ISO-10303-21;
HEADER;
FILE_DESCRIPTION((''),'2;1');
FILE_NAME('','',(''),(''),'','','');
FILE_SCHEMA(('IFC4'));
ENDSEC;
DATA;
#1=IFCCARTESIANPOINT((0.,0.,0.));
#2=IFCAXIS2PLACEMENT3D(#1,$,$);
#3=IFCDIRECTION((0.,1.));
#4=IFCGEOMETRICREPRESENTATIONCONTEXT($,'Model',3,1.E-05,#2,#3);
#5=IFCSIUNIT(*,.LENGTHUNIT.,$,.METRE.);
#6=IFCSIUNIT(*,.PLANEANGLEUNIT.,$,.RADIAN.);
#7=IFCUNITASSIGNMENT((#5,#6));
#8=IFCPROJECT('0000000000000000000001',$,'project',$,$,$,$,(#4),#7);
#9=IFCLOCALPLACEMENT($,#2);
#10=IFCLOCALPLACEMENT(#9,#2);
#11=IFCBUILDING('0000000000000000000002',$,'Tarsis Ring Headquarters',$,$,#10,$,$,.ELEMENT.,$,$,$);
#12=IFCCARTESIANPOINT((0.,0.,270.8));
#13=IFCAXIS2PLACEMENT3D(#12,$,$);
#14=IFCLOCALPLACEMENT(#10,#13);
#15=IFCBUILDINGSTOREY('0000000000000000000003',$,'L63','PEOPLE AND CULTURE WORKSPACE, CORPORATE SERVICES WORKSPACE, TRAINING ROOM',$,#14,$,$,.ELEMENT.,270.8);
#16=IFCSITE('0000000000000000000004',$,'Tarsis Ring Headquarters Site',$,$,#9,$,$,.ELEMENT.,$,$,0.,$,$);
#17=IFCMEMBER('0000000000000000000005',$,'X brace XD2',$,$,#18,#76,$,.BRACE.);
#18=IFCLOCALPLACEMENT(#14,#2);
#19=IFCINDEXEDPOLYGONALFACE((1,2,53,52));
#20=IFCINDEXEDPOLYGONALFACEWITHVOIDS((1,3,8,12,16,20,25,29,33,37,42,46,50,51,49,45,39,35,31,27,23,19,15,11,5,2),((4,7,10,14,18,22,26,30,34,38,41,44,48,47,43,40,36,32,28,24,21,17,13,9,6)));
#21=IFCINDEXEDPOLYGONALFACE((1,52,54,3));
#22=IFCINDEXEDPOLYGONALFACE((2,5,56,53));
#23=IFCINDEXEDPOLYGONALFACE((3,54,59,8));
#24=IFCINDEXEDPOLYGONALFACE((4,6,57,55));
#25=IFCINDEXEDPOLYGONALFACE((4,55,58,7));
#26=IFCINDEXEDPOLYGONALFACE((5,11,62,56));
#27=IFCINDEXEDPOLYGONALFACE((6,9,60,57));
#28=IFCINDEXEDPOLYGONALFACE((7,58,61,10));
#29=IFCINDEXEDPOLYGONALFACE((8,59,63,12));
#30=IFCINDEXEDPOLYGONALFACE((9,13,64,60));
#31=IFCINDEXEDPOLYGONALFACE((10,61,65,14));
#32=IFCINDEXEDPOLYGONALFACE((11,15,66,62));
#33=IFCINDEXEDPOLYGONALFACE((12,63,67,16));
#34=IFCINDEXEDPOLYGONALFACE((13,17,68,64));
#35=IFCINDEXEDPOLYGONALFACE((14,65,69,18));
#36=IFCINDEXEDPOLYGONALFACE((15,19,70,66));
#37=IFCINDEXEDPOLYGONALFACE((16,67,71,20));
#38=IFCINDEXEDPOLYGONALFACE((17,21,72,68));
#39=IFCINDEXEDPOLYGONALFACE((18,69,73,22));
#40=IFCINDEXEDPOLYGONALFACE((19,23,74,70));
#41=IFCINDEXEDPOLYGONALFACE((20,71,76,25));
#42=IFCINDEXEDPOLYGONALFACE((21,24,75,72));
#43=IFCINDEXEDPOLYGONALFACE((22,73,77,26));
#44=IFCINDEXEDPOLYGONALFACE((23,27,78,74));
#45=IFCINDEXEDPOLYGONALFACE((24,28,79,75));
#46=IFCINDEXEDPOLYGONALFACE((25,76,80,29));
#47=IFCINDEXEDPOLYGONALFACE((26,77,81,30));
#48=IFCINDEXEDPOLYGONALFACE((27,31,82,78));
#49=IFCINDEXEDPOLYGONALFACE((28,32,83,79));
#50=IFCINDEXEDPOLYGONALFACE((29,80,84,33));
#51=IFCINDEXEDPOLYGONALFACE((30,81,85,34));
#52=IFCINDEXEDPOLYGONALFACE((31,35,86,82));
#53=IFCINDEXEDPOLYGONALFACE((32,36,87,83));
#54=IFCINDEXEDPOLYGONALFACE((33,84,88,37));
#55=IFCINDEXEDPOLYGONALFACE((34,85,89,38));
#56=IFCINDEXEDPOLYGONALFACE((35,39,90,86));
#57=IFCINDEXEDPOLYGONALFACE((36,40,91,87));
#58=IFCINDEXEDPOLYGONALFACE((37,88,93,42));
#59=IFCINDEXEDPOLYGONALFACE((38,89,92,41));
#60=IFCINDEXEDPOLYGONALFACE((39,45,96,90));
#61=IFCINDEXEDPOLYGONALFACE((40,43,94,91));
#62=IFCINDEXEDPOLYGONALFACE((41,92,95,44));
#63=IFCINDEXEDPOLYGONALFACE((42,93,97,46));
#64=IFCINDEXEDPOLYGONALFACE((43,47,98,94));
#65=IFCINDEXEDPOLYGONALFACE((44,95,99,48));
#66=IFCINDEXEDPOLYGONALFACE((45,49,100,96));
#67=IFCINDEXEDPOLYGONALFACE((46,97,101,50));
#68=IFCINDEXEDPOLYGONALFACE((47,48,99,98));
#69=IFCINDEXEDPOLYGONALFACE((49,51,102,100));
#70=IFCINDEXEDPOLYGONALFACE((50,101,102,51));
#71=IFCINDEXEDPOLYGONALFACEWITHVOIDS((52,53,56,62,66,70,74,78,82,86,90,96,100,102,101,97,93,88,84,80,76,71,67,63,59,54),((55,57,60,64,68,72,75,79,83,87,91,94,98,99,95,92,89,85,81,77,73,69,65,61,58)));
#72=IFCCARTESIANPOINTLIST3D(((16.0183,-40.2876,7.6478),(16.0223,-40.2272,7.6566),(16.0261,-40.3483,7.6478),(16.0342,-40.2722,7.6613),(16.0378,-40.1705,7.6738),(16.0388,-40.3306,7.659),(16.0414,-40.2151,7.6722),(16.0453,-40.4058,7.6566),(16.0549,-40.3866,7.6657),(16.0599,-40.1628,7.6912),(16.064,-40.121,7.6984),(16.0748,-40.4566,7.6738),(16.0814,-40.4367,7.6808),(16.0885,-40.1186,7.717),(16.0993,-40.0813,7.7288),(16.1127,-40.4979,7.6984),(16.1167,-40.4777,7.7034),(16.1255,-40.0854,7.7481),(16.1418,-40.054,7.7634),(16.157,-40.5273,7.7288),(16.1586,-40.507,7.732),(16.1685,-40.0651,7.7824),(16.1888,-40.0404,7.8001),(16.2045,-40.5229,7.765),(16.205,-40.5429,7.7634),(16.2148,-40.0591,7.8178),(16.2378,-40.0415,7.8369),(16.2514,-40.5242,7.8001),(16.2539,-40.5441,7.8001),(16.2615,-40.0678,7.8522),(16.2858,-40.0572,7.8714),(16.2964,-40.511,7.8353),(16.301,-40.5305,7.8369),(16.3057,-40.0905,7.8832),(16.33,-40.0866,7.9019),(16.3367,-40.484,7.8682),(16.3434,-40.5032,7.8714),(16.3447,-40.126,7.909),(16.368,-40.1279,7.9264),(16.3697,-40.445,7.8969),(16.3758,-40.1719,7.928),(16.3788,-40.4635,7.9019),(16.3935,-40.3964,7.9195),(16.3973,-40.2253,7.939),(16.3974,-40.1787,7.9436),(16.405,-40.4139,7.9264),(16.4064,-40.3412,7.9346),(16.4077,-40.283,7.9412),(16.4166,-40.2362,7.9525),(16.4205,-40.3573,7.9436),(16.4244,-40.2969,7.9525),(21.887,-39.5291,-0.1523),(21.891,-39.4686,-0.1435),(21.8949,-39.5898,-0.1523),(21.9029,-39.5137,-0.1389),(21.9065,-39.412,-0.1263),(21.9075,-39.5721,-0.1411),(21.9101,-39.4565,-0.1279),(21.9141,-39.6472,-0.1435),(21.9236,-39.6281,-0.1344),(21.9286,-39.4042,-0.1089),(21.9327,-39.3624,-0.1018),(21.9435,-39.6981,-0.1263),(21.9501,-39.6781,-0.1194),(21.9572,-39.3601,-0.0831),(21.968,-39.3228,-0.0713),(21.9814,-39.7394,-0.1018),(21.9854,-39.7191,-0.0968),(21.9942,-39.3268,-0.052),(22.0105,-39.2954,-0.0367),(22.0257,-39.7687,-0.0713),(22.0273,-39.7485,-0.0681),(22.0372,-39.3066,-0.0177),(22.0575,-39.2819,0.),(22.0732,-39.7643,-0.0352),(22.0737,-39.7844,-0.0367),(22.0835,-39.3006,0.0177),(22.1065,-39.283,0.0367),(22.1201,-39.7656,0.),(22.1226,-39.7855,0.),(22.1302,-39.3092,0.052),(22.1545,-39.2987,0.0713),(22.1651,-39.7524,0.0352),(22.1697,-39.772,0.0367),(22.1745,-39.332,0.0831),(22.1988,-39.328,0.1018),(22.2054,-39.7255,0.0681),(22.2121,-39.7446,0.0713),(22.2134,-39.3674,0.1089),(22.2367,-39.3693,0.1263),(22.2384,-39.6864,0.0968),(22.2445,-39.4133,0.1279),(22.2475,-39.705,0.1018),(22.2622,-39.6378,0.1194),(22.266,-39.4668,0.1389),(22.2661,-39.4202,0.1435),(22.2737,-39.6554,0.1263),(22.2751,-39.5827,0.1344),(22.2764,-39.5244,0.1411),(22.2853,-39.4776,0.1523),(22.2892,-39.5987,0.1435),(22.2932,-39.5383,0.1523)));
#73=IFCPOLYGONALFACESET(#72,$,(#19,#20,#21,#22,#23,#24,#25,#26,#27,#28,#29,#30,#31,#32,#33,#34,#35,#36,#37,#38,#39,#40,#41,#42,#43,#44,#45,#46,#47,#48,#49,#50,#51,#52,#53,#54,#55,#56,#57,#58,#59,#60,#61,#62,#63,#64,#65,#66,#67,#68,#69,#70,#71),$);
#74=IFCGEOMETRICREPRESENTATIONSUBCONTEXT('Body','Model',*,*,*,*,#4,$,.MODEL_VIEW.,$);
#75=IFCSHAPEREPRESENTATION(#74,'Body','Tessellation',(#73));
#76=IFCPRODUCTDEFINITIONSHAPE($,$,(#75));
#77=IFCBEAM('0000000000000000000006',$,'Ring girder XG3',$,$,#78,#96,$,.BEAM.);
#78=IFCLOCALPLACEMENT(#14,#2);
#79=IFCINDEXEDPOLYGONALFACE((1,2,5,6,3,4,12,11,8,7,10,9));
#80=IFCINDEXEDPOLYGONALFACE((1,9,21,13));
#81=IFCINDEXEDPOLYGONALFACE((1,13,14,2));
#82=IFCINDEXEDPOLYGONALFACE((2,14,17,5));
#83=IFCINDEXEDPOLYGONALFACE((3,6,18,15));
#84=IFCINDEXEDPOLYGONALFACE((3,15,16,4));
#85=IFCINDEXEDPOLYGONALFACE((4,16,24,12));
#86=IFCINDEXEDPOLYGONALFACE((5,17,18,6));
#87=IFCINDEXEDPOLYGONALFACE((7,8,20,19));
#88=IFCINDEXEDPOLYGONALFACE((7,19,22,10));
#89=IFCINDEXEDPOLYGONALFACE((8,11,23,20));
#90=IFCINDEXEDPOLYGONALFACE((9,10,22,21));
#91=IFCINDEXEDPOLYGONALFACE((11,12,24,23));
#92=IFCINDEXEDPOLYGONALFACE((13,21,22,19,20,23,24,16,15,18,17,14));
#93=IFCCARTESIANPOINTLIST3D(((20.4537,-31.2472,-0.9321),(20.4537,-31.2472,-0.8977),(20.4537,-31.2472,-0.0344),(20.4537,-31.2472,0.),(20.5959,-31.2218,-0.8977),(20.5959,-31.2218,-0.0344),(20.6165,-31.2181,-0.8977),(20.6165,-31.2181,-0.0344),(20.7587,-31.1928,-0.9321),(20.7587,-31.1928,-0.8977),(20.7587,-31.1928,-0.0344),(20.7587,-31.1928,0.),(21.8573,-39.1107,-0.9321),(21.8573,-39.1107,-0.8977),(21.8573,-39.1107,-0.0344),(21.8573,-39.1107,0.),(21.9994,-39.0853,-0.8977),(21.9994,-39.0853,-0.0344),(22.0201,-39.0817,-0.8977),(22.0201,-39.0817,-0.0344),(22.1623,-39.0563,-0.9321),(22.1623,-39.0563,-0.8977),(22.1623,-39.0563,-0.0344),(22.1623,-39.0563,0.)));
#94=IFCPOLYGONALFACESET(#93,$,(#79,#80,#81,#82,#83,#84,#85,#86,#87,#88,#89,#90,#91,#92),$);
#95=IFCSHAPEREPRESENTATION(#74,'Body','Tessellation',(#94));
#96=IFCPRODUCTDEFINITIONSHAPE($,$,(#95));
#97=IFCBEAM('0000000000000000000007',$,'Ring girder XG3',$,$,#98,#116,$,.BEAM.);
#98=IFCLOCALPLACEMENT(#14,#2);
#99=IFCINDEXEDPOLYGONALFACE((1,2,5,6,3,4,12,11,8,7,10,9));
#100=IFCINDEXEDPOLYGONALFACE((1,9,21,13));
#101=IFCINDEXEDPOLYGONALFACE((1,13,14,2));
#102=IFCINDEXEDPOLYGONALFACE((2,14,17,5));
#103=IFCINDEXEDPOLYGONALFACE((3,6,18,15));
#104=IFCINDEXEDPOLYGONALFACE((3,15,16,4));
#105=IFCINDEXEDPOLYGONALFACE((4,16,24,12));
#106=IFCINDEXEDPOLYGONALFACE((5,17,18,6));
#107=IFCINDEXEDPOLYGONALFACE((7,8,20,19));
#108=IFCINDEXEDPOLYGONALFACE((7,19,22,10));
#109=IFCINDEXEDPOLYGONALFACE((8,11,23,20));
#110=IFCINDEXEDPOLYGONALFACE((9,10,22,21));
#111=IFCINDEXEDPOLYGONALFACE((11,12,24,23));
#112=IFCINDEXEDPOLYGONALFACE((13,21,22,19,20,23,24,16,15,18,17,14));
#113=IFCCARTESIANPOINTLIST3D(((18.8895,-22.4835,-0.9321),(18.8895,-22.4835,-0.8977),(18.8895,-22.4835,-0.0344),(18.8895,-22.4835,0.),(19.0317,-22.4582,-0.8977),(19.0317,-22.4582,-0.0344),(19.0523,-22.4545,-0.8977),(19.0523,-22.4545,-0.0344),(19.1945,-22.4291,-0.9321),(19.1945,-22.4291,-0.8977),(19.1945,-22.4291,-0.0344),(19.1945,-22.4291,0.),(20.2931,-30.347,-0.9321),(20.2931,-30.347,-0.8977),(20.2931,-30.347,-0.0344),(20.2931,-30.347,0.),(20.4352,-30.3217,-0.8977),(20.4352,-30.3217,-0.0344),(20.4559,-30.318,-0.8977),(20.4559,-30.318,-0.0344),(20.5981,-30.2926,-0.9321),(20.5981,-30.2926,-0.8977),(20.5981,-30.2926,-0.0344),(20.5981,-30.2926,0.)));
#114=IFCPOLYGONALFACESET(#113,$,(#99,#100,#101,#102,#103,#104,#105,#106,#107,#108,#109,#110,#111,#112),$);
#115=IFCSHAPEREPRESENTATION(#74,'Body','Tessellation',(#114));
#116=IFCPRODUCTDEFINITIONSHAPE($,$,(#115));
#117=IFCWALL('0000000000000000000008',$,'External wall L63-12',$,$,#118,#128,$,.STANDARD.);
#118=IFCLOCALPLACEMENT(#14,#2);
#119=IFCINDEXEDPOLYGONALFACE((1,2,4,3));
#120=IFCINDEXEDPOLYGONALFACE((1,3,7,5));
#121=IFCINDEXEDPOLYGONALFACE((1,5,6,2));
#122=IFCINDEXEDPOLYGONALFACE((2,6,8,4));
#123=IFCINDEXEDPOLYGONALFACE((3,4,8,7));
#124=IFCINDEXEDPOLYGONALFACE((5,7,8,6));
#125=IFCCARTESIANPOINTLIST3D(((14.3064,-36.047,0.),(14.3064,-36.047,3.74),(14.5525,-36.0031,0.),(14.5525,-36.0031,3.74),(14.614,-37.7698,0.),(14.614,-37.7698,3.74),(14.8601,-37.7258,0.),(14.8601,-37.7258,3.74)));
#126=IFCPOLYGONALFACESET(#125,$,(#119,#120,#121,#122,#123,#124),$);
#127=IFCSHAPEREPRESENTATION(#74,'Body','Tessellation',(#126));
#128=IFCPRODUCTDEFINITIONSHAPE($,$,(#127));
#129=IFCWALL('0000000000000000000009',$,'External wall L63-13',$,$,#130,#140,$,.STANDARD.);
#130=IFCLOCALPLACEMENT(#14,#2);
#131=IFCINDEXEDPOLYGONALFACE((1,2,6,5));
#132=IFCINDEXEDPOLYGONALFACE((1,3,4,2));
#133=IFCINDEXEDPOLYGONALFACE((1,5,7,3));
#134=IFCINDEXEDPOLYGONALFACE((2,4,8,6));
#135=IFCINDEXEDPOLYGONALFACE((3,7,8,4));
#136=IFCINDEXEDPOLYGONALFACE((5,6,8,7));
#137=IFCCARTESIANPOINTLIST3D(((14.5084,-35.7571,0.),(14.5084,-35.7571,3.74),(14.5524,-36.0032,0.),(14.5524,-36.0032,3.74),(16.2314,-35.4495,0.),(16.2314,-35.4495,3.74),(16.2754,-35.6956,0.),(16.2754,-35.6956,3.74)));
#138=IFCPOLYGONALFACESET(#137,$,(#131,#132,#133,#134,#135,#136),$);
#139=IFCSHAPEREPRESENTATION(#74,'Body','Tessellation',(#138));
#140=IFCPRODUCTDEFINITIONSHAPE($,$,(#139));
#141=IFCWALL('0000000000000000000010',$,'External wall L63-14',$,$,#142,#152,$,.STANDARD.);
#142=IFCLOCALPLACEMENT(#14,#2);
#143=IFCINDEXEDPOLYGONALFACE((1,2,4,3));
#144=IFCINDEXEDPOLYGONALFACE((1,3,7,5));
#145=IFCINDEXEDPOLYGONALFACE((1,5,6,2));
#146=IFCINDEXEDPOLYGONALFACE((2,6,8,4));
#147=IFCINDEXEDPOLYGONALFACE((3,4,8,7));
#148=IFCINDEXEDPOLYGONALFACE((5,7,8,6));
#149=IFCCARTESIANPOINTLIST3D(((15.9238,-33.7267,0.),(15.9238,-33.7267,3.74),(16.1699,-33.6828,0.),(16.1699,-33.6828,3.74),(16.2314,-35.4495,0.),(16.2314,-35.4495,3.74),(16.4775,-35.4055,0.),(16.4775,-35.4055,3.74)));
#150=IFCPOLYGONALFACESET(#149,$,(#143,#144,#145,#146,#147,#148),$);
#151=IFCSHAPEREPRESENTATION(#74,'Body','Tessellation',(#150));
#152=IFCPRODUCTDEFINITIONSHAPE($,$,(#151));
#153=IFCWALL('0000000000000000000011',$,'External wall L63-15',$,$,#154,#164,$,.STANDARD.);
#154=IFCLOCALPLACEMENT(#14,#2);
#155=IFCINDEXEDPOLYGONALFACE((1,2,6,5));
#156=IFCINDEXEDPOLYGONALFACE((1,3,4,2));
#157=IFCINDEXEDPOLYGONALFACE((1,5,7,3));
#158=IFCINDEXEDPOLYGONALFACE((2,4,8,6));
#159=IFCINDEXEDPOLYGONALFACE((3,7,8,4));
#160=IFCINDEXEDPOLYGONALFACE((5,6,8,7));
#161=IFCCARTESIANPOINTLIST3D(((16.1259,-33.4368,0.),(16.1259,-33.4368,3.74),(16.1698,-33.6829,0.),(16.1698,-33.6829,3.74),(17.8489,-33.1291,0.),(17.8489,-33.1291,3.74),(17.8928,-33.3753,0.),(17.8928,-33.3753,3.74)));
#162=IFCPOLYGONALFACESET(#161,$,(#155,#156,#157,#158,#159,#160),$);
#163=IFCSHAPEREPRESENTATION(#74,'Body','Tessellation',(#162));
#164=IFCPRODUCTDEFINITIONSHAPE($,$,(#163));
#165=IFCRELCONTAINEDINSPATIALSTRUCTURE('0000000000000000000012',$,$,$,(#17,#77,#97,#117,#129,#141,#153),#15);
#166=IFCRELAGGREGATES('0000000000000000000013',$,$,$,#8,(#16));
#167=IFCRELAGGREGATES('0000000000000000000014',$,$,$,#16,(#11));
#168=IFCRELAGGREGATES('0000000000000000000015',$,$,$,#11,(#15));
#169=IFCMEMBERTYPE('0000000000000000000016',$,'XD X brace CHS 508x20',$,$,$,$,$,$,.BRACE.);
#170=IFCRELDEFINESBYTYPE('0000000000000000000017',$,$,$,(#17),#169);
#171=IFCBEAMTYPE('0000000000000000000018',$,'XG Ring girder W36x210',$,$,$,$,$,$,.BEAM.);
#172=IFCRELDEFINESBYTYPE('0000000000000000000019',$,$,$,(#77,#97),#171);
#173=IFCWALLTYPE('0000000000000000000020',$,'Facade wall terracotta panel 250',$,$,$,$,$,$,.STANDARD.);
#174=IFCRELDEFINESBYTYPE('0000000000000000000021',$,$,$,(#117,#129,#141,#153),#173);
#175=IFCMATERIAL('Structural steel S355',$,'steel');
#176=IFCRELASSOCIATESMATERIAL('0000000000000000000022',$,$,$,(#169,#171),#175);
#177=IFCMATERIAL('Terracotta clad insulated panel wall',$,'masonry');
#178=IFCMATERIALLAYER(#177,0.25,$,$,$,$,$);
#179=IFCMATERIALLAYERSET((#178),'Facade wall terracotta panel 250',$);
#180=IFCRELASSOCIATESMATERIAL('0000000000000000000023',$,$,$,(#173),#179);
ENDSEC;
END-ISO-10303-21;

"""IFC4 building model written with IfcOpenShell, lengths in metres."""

from ifc_helpers import new_model, si_unit, direction, frame, frame_2d, origin, origin_2d, place, context, subcontext, project, spatial, rectangle, hollow_circle, i_section, extrude, material, layer, layer_set, material_profile, profile_set, type_object, element, save


model = new_model("IFC4")

# Units and contexts
model_context = context("Model", 3, precision=1e-05, world=origin(), true_north=direction((0.0, 1.0)))
body_context = subcontext(model_context, "Body", "Model", "MODEL_VIEW")
ifc_project = project(units=[si_unit("LENGTHUNIT", "METRE"), si_unit("PLANEANGLEUNIT", "RADIAN")], contexts=[model_context])

# Site, building, storey
site_placement = place(None, origin())
site = spatial("IfcSite", under=ifc_project, at=site_placement, Name="Tarsis Ring Headquarters Site", CompositionType="ELEMENT", RefElevation=0.0)
building_placement = place(site_placement, origin())
building = spatial("IfcBuilding", under=site, at=building_placement, Name="Tarsis Ring Headquarters", CompositionType="ELEMENT")
storey_placement = place(building_placement, frame((0.0, 0.0, 270.8)))
storey = spatial("IfcBuildingStorey", under=building, at=storey_placement, Name="L63", Description="PEOPLE AND CULTURE WORKSPACE, CORPORATE SERVICES WORKSPACE, TRAINING ROOM", CompositionType="ELEMENT", Elevation=270.8)

# Shared definitions
ifc_material_1 = material(Name="Structural steel S355", Category="steel")

# Member
ifc_material_profile_1 = material_profile(ifc_material_1, hollow_circle(Radius=0.2539, WallThickness=0.02, at=origin_2d()), Name="CHS 508x20")
ifc_profile_set_1 = profile_set([ifc_material_profile_1], Name="Structural steel S355")
member_type = type_object("IfcMemberType", Name="XD X brace CHS 508x20", PredefinedType="BRACE", material=ifc_profile_set_1)
member_placement = place(storey_placement, frame((22.0901, -39.5337, 0.0), z_axis=(-0.599413, -0.077476, 0.796682), x_axis=(0.128187, -0.99175, 0.0)))
element("IfcMember", 1, at=member_placement, inside=storey, type_object=member_type, Name="X brace XD2", PredefinedType="BRACE", context=body_context, shape_type="SweptSolid", body=[
    extrude(hollow_circle(Radius=0.2539, WallThickness=0.02, at=origin_2d()), origin(), (0.0, 0.0, 1.0), 9.7908),
])

# Beams
ifc_material_profile_2 = material_profile(ifc_material_1, i_section(OverallWidth=0.3098, OverallDepth=0.9321, WebThickness=0.021, FlangeThickness=0.0344, at=origin_2d()), Name="W36x210")
ifc_profile_set_2 = profile_set([ifc_material_profile_2], Name="Structural steel S355")
beam_type = type_object("IfcBeamType", Name="XG Ring girder W36x210", PredefinedType="BEAM", material=ifc_profile_set_2)
for number, where, z_axis, x_axis, name in (
    (2, (22.0098, -39.0835, -0.4661), (-0.175713, 0.984441, 0.0), (-0.984441, -0.175713, 0.0), "Ring girder XG3"),
    (3, (20.4456, -30.3198, -0.4661), (-0.175713, 0.984441, 0.0), (-0.984441, -0.175713, 0.0), "Ring girder XG3"),
):
    element("IfcBeam", number, at=place(storey_placement, frame(where, z_axis=z_axis, x_axis=x_axis)), inside=storey, type_object=beam_type, Name=name, PredefinedType="BEAM", context=body_context, shape_type="SweptSolid", body=[
        extrude(i_section(OverallWidth=0.3098, OverallDepth=0.9321, WebThickness=0.021, FlangeThickness=0.0344, at=origin_2d()), origin(), (0.0, 0.0, 1.0), 7.9878),
    ])

# Walls
ifc_material_2 = material(Name="Terracotta clad insulated panel wall", Category="masonry")
ifc_layer = layer(ifc_material_2, 0.25)
ifc_layer_set = layer_set([ifc_layer], Name="Facade wall terracotta panel 250")
wall_type = type_object("IfcWallType", Name="Facade wall terracotta panel 250", PredefinedType="STANDARD", material=ifc_layer_set)
wall_1_placement = place(storey_placement, frame((14.7371, -37.7478, 0.0), z_axis=(0.0, 0.0, 1.0), x_axis=(-0.175791, 0.984428, 0.0)))
element("IfcWall", 4, at=wall_1_placement, inside=storey, type_object=wall_type, Name="External wall L63-12", PredefinedType="STANDARD", context=body_context, shape_type="SweptSolid", body=[
    extrude(rectangle(XDim=1.75, YDim=0.25, at=frame_2d((0.875, 0.0))), origin(), (0.0, 0.0, 1.0), 3.74),
])
wall_2_placement = place(storey_placement, frame((14.5305, -35.8801, 0.0), z_axis=(0.0, 0.0, 1.0), x_axis=(0.984432, 0.175766, 0.0)))
element("IfcWall", 5, at=wall_2_placement, inside=storey, type_object=wall_type, Name="External wall L63-13", PredefinedType="STANDARD", context=body_context, shape_type="SweptSolid", body=[
    extrude(rectangle(XDim=1.7502, YDim=0.25, at=frame_2d((0.875, 0.0))), origin(), (0.0, 0.0, 1.0), 3.74),
])
wall_3_placement = place(storey_placement, frame((16.3545, -35.4275, 0.0), z_axis=(0.0, 0.0, 1.0), x_axis=(-0.175791, 0.984428, 0.0)))
element("IfcWall", 6, at=wall_3_placement, inside=storey, type_object=wall_type, Name="External wall L63-14", PredefinedType="STANDARD", context=body_context, shape_type="SweptSolid", body=[
    extrude(rectangle(XDim=1.75, YDim=0.25, at=frame_2d((0.875, 0.0))), origin(), (0.0, 0.0, 1.0), 3.74),
])
wall_4_placement = place(storey_placement, frame((16.1479, -33.5598, 0.0), z_axis=(0.0, 0.0, 1.0), x_axis=(0.984432, 0.175766, 0.0)))
element("IfcWall", 7, at=wall_4_placement, inside=storey, type_object=wall_type, Name="External wall L63-15", PredefinedType="STANDARD", context=body_context, shape_type="SweptSolid", body=[
    extrude(rectangle(XDim=1.7502, YDim=0.25, at=frame_2d((0.875, 0.0))), origin(), (0.0, 0.0, 1.0), 3.74),
])

save(model, "model.ifc")
